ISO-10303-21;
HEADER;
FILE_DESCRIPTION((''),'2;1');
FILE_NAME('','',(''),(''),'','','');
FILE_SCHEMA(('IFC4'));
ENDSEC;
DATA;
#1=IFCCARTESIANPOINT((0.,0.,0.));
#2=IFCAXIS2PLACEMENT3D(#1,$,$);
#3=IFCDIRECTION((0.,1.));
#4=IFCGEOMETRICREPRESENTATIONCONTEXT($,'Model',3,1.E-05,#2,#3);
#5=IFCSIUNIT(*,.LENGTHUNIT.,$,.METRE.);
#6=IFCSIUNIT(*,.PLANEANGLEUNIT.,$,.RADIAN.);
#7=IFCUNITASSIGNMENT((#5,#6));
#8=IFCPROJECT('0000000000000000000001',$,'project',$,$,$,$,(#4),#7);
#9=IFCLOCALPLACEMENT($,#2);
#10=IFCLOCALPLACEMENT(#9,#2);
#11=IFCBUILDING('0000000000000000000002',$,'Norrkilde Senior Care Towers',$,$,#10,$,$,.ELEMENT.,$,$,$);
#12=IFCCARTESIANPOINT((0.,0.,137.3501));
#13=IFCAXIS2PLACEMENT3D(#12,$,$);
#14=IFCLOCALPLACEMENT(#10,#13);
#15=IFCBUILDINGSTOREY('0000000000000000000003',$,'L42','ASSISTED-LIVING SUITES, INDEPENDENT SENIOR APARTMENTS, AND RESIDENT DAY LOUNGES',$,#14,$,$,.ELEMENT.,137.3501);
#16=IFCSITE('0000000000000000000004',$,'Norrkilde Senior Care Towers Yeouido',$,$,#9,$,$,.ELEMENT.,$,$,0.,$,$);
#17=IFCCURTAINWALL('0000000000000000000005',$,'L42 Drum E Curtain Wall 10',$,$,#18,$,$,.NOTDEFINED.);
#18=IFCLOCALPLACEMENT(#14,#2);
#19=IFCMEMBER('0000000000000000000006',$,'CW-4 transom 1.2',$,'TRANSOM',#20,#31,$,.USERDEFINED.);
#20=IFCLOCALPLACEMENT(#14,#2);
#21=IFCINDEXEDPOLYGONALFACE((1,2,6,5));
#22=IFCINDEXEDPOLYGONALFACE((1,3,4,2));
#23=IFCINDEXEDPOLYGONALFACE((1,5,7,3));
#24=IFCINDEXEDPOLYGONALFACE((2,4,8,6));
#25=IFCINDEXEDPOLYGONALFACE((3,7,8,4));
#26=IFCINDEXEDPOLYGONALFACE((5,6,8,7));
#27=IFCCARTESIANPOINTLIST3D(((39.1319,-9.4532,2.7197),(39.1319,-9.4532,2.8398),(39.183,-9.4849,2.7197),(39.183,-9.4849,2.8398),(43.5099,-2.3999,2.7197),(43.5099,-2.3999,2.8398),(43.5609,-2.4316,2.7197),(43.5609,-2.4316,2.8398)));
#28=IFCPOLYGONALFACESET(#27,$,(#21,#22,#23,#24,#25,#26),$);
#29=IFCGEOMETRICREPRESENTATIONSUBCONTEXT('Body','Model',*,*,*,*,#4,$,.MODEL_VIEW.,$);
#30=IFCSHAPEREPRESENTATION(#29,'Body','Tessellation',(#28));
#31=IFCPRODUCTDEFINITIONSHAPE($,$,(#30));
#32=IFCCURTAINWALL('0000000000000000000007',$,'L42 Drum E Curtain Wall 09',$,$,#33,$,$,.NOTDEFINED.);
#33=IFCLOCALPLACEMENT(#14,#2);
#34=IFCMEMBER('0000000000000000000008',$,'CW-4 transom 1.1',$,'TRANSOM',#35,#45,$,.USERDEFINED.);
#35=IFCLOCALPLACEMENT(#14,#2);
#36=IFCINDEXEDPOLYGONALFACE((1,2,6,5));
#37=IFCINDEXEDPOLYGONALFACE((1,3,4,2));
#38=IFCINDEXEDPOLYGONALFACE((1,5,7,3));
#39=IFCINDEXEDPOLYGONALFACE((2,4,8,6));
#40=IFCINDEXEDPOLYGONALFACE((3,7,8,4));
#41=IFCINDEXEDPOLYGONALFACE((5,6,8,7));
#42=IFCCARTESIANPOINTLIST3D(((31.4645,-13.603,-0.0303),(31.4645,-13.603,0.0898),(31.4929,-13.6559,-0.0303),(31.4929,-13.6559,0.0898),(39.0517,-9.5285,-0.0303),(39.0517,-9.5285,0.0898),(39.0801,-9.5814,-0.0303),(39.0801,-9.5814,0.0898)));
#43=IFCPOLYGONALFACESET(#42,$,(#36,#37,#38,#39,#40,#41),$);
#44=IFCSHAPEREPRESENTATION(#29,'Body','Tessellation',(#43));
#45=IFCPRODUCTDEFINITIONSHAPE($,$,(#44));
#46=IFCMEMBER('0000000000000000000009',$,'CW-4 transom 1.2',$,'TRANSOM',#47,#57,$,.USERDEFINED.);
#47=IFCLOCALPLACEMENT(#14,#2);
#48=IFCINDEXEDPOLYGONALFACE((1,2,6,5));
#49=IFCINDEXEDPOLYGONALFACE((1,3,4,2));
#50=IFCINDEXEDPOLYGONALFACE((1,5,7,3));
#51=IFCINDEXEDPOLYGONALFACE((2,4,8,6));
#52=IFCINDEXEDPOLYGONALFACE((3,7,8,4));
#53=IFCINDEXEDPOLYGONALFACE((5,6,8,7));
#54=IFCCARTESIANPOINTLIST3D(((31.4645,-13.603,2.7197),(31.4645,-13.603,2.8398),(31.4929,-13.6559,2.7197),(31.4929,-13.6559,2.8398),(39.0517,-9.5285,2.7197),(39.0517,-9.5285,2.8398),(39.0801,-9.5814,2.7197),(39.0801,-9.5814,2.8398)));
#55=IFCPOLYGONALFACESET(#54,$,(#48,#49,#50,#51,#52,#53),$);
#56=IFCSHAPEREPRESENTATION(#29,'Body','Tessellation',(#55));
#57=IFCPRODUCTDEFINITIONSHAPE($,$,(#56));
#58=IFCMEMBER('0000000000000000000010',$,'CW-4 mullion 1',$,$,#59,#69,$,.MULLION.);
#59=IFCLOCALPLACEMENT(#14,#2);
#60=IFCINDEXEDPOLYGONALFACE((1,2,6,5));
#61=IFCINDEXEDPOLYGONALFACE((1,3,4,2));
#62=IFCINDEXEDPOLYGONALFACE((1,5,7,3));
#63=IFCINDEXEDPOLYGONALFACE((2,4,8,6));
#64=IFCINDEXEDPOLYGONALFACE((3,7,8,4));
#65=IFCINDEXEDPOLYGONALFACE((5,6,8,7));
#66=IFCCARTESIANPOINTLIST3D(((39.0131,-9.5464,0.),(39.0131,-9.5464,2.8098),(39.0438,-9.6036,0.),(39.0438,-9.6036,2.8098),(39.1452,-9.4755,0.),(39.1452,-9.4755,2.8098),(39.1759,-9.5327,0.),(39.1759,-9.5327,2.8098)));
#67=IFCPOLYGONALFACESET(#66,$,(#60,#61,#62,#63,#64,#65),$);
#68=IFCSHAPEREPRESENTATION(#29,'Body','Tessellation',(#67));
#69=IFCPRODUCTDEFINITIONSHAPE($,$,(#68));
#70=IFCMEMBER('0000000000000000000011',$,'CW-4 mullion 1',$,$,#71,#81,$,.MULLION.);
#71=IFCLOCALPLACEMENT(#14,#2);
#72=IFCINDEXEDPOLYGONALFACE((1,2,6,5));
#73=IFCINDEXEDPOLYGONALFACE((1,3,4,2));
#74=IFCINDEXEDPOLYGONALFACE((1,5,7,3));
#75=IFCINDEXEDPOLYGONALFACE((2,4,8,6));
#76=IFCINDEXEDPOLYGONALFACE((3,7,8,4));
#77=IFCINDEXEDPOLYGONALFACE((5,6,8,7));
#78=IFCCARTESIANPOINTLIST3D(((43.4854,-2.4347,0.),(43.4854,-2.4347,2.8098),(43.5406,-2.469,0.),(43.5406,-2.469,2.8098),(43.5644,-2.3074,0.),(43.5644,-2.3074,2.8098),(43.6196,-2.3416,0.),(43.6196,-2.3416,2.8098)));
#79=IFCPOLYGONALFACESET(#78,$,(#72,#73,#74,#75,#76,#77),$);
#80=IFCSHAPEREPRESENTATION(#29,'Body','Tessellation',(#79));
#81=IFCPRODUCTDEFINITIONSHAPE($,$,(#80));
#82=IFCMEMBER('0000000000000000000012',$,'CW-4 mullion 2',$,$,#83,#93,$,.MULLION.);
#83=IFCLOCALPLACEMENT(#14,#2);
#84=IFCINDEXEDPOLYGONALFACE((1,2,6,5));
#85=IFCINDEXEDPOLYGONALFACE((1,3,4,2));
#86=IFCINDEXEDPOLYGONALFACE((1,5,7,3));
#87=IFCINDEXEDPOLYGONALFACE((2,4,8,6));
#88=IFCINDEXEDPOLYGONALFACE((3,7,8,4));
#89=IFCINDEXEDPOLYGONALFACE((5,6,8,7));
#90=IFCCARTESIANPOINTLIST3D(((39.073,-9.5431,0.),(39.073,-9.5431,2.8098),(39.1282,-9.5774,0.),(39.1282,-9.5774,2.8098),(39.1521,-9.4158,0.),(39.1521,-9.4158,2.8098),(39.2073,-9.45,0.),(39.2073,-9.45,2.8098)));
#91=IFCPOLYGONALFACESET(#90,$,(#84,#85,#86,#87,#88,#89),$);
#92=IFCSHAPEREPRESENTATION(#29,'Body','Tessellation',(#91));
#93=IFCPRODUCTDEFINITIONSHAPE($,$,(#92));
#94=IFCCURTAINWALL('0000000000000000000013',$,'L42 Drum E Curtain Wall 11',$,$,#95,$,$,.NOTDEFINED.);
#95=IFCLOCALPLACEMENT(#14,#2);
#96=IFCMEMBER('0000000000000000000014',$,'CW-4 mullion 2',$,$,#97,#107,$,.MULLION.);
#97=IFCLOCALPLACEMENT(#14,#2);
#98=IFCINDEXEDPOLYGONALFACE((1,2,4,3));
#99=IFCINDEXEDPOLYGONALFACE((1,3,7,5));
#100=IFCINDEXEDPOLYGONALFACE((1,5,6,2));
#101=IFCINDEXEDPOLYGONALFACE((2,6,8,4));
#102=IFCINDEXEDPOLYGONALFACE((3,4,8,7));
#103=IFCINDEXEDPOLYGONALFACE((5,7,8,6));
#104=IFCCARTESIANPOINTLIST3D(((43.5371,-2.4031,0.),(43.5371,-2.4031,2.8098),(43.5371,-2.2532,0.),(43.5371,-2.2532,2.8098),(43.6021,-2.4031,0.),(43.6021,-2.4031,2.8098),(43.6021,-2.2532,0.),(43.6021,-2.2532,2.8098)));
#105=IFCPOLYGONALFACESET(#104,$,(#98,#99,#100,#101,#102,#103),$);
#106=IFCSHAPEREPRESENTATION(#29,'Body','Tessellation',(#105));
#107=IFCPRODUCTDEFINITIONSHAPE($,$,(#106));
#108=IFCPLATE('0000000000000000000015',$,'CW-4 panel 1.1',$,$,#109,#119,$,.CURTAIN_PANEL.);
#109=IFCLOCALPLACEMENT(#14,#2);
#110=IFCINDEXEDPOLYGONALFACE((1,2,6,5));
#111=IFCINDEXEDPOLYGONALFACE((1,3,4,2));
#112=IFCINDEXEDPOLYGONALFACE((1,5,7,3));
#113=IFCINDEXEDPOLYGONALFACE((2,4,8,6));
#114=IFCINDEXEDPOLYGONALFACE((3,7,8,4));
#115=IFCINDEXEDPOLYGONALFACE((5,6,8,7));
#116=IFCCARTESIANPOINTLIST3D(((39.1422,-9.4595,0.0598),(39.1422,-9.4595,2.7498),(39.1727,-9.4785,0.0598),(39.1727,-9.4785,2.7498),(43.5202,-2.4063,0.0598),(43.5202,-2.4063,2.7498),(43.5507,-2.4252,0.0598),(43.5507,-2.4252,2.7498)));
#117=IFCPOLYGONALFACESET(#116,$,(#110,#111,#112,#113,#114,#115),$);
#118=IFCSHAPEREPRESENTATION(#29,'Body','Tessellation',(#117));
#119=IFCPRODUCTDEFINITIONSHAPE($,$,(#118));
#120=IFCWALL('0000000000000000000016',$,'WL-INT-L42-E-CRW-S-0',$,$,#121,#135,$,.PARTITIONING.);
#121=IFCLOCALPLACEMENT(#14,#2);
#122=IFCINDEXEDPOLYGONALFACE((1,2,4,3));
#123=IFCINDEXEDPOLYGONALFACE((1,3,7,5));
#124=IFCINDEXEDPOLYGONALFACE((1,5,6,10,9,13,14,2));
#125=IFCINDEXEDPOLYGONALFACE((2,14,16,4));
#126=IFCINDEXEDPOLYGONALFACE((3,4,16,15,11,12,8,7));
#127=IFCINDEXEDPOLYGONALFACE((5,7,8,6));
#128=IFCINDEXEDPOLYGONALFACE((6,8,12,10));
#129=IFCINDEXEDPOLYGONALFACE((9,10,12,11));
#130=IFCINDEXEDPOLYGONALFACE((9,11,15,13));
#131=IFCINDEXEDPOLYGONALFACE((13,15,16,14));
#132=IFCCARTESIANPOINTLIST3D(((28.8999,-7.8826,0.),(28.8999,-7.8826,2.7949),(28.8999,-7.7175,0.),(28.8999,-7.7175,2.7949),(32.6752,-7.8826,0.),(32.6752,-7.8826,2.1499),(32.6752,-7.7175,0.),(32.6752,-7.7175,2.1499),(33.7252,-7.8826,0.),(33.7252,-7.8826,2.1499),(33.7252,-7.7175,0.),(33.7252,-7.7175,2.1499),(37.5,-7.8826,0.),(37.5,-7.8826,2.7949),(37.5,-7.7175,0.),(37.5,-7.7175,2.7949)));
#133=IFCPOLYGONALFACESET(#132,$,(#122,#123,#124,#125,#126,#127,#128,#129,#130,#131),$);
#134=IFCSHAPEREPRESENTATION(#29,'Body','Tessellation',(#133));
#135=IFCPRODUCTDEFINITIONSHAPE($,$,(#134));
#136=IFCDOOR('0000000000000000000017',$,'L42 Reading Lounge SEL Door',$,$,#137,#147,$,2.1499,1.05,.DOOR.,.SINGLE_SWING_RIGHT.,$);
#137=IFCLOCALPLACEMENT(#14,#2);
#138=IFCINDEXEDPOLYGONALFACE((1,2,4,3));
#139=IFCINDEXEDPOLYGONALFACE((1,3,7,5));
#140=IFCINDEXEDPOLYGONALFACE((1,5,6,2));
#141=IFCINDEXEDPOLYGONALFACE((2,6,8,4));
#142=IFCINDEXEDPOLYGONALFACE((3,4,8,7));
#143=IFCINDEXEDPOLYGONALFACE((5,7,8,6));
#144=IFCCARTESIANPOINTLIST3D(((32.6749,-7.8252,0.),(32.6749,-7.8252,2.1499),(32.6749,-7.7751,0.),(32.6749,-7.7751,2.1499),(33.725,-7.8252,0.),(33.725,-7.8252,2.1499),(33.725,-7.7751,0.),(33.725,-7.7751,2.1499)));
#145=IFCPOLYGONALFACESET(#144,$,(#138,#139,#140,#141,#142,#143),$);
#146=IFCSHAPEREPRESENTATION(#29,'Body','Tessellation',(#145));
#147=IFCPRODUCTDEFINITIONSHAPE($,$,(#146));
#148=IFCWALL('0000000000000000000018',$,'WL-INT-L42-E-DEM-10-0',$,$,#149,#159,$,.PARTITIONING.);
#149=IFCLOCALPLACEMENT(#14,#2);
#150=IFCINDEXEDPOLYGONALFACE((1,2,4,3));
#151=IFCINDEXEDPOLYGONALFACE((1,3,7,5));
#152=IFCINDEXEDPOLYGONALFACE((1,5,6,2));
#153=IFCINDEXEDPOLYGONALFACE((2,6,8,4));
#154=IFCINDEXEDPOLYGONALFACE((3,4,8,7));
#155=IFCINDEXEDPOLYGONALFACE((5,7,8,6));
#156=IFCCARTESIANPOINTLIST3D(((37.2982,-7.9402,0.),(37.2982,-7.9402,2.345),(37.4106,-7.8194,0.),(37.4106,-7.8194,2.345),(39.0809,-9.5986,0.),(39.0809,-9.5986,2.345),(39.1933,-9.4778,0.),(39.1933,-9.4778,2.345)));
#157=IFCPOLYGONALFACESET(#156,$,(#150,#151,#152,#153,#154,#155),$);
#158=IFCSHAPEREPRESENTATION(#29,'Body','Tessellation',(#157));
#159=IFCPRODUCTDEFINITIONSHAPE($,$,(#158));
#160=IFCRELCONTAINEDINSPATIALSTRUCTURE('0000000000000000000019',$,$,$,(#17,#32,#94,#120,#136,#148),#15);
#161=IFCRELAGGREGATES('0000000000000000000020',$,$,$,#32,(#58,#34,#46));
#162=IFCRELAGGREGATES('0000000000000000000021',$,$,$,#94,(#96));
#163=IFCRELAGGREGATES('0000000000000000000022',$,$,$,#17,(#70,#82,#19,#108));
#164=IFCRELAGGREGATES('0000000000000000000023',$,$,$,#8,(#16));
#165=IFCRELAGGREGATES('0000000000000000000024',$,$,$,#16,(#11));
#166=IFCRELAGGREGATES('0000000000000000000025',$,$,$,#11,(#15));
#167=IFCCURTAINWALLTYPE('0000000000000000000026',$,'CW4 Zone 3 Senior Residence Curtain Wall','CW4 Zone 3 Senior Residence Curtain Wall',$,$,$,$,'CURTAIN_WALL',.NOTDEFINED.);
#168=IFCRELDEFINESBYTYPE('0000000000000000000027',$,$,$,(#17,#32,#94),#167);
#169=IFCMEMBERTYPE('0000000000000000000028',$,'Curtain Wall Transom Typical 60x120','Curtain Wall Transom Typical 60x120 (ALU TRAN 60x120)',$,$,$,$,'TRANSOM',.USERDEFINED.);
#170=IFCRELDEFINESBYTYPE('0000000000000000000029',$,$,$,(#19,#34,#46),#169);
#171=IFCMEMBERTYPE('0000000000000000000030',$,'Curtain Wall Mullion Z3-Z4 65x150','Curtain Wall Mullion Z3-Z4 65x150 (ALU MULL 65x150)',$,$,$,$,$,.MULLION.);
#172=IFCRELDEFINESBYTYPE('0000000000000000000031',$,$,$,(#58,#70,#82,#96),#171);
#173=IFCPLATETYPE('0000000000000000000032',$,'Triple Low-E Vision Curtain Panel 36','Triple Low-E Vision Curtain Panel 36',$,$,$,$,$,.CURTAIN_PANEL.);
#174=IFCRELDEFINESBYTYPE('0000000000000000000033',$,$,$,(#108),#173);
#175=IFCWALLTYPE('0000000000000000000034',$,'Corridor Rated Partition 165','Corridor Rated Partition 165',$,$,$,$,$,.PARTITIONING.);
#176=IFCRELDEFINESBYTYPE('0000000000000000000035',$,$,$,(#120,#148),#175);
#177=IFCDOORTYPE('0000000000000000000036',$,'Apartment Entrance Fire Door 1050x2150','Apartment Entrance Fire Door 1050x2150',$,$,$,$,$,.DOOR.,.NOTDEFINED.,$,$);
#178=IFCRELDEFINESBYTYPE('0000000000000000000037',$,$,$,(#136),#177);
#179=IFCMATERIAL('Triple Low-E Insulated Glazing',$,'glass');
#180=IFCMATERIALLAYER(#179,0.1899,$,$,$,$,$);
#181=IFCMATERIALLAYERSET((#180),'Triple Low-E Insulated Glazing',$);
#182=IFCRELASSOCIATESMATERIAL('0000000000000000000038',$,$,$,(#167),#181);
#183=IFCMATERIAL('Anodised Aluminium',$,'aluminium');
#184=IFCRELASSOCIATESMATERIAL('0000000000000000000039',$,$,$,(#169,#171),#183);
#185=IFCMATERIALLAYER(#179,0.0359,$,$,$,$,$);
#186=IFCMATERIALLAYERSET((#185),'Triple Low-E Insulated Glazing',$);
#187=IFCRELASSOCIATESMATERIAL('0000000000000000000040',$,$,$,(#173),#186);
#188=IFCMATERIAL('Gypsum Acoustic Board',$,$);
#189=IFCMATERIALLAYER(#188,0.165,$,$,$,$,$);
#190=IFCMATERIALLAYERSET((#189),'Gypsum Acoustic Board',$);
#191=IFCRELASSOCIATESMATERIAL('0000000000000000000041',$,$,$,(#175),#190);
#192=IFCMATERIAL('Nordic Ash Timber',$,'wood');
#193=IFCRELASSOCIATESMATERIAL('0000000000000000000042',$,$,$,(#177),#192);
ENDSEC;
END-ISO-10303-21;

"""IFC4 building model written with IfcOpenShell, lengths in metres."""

from ifc_helpers import new_model, si_unit, direction, frame, frame_2d, origin, origin_2d, place, context, subcontext, project, spatial, rectangle, extrude, source, transform, mapped, material, layer, layer_set, material_profile, profile_set, type_object, type_shapes, element, fill, aggregate, save


model = new_model("IFC4")

# Units and contexts
model_context = context("Model", 3, precision=1e-05, world=origin(), true_north=direction((0.0, 1.0)))
body_context = subcontext(model_context, "Body", "Model", "MODEL_VIEW")
ifc_project = project(units=[si_unit("LENGTHUNIT", "METRE"), si_unit("PLANEANGLEUNIT", "RADIAN")], contexts=[model_context])

# Site, building, storey
site_placement = place(None, origin())
site = spatial("IfcSite", under=ifc_project, at=site_placement, Name="Norrkilde Senior Care Towers Yeouido", CompositionType="ELEMENT", RefElevation=0.0)
building_placement = place(site_placement, origin())
building = spatial("IfcBuilding", under=site, at=building_placement, Name="Norrkilde Senior Care Towers", CompositionType="ELEMENT")
storey_placement = place(building_placement, frame((0.0, 0.0, 137.3501)))
storey = spatial("IfcBuildingStorey", under=building, at=storey_placement, Name="L42", Description="ASSISTED-LIVING SUITES, INDEPENDENT SENIOR APARTMENTS, AND RESIDENT DAY LOUNGES", CompositionType="ELEMENT", Elevation=137.3501)

# Curtain walls, members
ifc_material_1 = material(Name="Triple Low-E Insulated Glazing", Category="glass")
ifc_layer_1 = layer(ifc_material_1, 0.1899)
ifc_layer_set_1 = layer_set([ifc_layer_1], Name="Triple Low-E Insulated Glazing")
curtain_wall_type = type_object("IfcCurtainWallType", Name="CW4 Zone 3 Senior Residence Curtain Wall", Description="CW4 Zone 3 Senior Residence Curtain Wall", ElementType="CURTAIN_WALL", PredefinedType="NOTDEFINED", material=ifc_layer_set_1)
curtain_wall_1_placement = place(storey_placement, origin())
curtain_wall_1 = element("IfcCurtainWall", 1, at=curtain_wall_1_placement, inside=storey, type_object=curtain_wall_type, Name="L42 Drum E Curtain Wall 10", PredefinedType="NOTDEFINED")
ifc_material_2 = material(Name="Anodised Aluminium", Category="aluminium")
ifc_material_profile_1 = material_profile(ifc_material_2, rectangle(XDim=0.0601, YDim=0.1201, at=origin_2d()), Name="ALU TRAN 60x120")
ifc_profile_set_1 = profile_set([ifc_material_profile_1], Name="Anodised Aluminium")
member_type_1 = type_object("IfcMemberType", Name="Curtain Wall Transom Typical 60x120", Description="Curtain Wall Transom Typical 60x120 (ALU TRAN 60x120)", ElementType="TRANSOM", PredefinedType="USERDEFINED", material=ifc_profile_set_1)
shared_shape_1 = source(origin(), body_context, "Body", "SweptSolid", [
    extrude(rectangle(XDim=0.0601, YDim=0.1201, at=origin_2d()), origin(), (0.0, 0.0, 1.0), 8.3015),
])
member_1_placement = place(storey_placement, frame((43.5354, -2.4158, 2.7798), z_axis=(-0.527369, -0.849637, 0.0), x_axis=(0.849637, -0.527369, 0.0)))
member_1 = element("IfcMember", 2, at=member_1_placement, type_object=member_type_1, Name="CW-4 transom 1.2", ObjectType="TRANSOM", PredefinedType="USERDEFINED", context=body_context, shape_type="MappedRepresentation", body=[
    mapped(shared_shape_1, transform((0.0, 0.0, 0.0), x_axis=(1.0, 0.0, 0.0), y_axis=(0.0, 1.0, 0.0), z_axis=(0.0, 0.0, 1.0), scale=1.0)),
])
curtain_wall_2_placement = place(storey_placement, origin())
curtain_wall_2 = element("IfcCurtainWall", 3, at=curtain_wall_2_placement, inside=storey, type_object=curtain_wall_type, Name="L42 Drum E Curtain Wall 09", PredefinedType="NOTDEFINED")
shared_shape_2 = source(origin(), body_context, "Body", "SweptSolid", [
    extrude(rectangle(XDim=0.0601, YDim=0.1201, at=origin_2d()), origin(), (0.0, 0.0, 1.0), 8.6121),
])
type_shapes(member_type_1, [shared_shape_1, shared_shape_2])
member_2_placement = place(storey_placement, frame((39.0659, -9.5549, 0.0298), z_axis=(-0.881, -0.473116, 0.0), x_axis=(0.473116, -0.881, 0.0)))
member_2 = element("IfcMember", 4, at=member_2_placement, type_object=member_type_1, Name="CW-4 transom 1.1", ObjectType="TRANSOM", PredefinedType="USERDEFINED", context=body_context, shape_type="MappedRepresentation", body=[
    mapped(shared_shape_2, transform((0.0, 0.0, 0.0), x_axis=(1.0, 0.0, 0.0), y_axis=(0.0, 1.0, 0.0), z_axis=(0.0, 0.0, 1.0), scale=1.0)),
])
member_3_placement = place(storey_placement, frame((39.0659, -9.5549, 2.7798), z_axis=(-0.881, -0.473116, 0.0), x_axis=(0.473116, -0.881, 0.0)))
member_3 = element("IfcMember", 5, at=member_3_placement, type_object=member_type_1, Name="CW-4 transom 1.2", ObjectType="TRANSOM", PredefinedType="USERDEFINED", context=body_context, shape_type="MappedRepresentation", body=[
    mapped(shared_shape_2, transform((0.0, 0.0, 0.0), x_axis=(1.0, 0.0, 0.0), y_axis=(0.0, 1.0, 0.0), z_axis=(0.0, 0.0, 1.0), scale=1.0)),
])
ifc_material_profile_2 = material_profile(ifc_material_2, rectangle(XDim=0.0649, YDim=0.1499, at=origin_2d()), Name="ALU MULL 65x150")
ifc_profile_set_2 = profile_set([ifc_material_profile_2], Name="Anodised Aluminium")
member_type_2 = type_object("IfcMemberType", Name="Curtain Wall Mullion Z3-Z4 65x150", Description="Curtain Wall Mullion Z3-Z4 65x150 (ALU MULL 65x150)", PredefinedType="MULLION", material=ifc_profile_set_2)
shared_shape_3 = source(origin(), body_context, "Body", "SweptSolid", [
    extrude(rectangle(XDim=0.0649, YDim=0.1499, at=origin_2d()), origin(), (0.0, 0.0, 1.0), 2.8098),
])
type_shapes(member_type_2, [shared_shape_3])
member_4_placement = place(storey_placement, frame((39.0945, -9.5396, 0.0), z_axis=(0.0, 0.0, 1.0), x_axis=(0.473117, -0.881, 0.0)))
member_4 = element("IfcMember", 6, at=member_4_placement, type_object=member_type_2, Name="CW-4 mullion 1", PredefinedType="MULLION", context=body_context, shape_type="MappedRepresentation", body=[
    mapped(shared_shape_3, transform((0.0, 0.0, 0.0), x_axis=(1.0, 0.0, 0.0), y_axis=(0.0, 1.0, 0.0), z_axis=(0.0, 0.0, 1.0), scale=1.0)),
])
aggregate(curtain_wall_2, [member_4, member_2, member_3])

# Members
member_5_placement = place(storey_placement, frame((43.5525, -2.3882, 0.0), z_axis=(0.0, 0.0, 1.0), x_axis=(0.849634, -0.527373, 0.0)))
member_5 = element("IfcMember", 7, at=member_5_placement, type_object=member_type_2, Name="CW-4 mullion 1", PredefinedType="MULLION", context=body_context, shape_type="MappedRepresentation", body=[
    mapped(shared_shape_3, transform((0.0, 0.0, 0.0), x_axis=(1.0, 0.0, 0.0), y_axis=(0.0, 1.0, 0.0), z_axis=(0.0, 0.0, 1.0), scale=1.0)),
])
member_6_placement = place(storey_placement, frame((39.1401, -9.4966, 0.0), z_axis=(0.0, 0.0, 1.0), x_axis=(0.849634, -0.527373, 0.0)))
member_6 = element("IfcMember", 8, at=member_6_placement, type_object=member_type_2, Name="CW-4 mullion 2", PredefinedType="MULLION", context=body_context, shape_type="MappedRepresentation", body=[
    mapped(shared_shape_3, transform((0.0, 0.0, 0.0), x_axis=(1.0, 0.0, 0.0), y_axis=(0.0, 1.0, 0.0), z_axis=(0.0, 0.0, 1.0), scale=1.0)),
])

# Curtain wall, member
curtain_wall_3_placement = place(storey_placement, origin())
curtain_wall_3 = element("IfcCurtainWall", 9, at=curtain_wall_3_placement, inside=storey, type_object=curtain_wall_type, Name="L42 Drum E Curtain Wall 11", PredefinedType="NOTDEFINED")
member_7_placement = place(storey_placement, frame((43.5696, -2.3281, 0.0), z_axis=(0.0, 0.0, 1.0), x_axis=(1.0, 0.0, 0.0)))
member_7 = element("IfcMember", 10, at=member_7_placement, type_object=member_type_2, Name="CW-4 mullion 2", PredefinedType="MULLION", context=body_context, shape_type="MappedRepresentation", body=[
    mapped(shared_shape_3, transform((0.0, 0.0, 0.0), x_axis=(1.0, 0.0, 0.0), y_axis=(0.0, 1.0, 0.0), z_axis=(0.0, 0.0, 1.0), scale=1.0)),
])
aggregate(curtain_wall_3, [member_7])

# Plate
ifc_layer_2 = layer(ifc_material_1, 0.0359)
ifc_layer_set_2 = layer_set([ifc_layer_2], Name="Triple Low-E Insulated Glazing")
plate_type = type_object("IfcPlateType", Name="Triple Low-E Vision Curtain Panel 36", Description="Triple Low-E Vision Curtain Panel 36", PredefinedType="CURTAIN_PANEL", material=ifc_layer_set_2)
shared_shape_4 = source(origin(), body_context, "Body", "SweptSolid", [
    extrude(rectangle(XDim=8.3015, YDim=0.0359, at=origin_2d()), origin(), (0.0, 0.0, 1.0), 2.6899),
])
type_shapes(plate_type, [shared_shape_4])
plate_placement = place(storey_placement, frame((41.3464, -5.9424, 0.0598), z_axis=(0.0, 0.0, 1.0), x_axis=(-0.527373, -0.849634, 0.0)))
plate = element("IfcPlate", 11, at=plate_placement, type_object=plate_type, Name="CW-4 panel 1.1", PredefinedType="CURTAIN_PANEL", context=body_context, shape_type="MappedRepresentation", body=[
    mapped(shared_shape_4, transform((0.0, 0.0, 0.0), x_axis=(1.0, 0.0, 0.0), y_axis=(0.0, 1.0, 0.0), z_axis=(0.0, 0.0, 1.0), scale=1.0)),
])
aggregate(curtain_wall_1, [member_5, member_6, member_1, plate])

# Wall, opening, door
ifc_material_3 = material(Name="Gypsum Acoustic Board")
ifc_layer_3 = layer(ifc_material_3, 0.165)
ifc_layer_set_3 = layer_set([ifc_layer_3], Name="Gypsum Acoustic Board")
wall_type_1 = type_object("IfcWallType", Name="Corridor Rated Partition 165", Description="Corridor Rated Partition 165", PredefinedType="PARTITIONING", material=ifc_layer_set_3)
shared_shape_5 = source(origin(), body_context, "Body", "SweptSolid", [
    extrude(rectangle(XDim=8.6001, YDim=0.165, at=frame_2d((4.3, 0.0))), origin(), (0.0, 0.0, 1.0), 2.7949),
])
wall_1_placement = place(storey_placement, frame((37.5, -7.8, 0.0), z_axis=(0.0, 0.0, 1.0), x_axis=(-1.0, 0.0, 0.0)))
wall_1 = element("IfcWall", 12, at=wall_1_placement, inside=storey, type_object=wall_type_1, Name="WL-INT-L42-E-CRW-S-0", PredefinedType="PARTITIONING", context=body_context, shape_type="MappedRepresentation", body=[
    mapped(shared_shape_5, transform((0.0, 0.0, 0.0), x_axis=(1.0, 0.0, 0.0), y_axis=(0.0, 1.0, 0.0), z_axis=(0.0, 0.0, 1.0), scale=1.0)),
])
opening_1_placement = place(wall_1_placement, frame((3.7749, 0.0, 0.0)))
opening_1 = element("IfcOpeningElement", 13, at=opening_1_placement, cuts=wall_1, PredefinedType="OPENING", context=body_context, shape_type="SweptSolid", body=[
    extrude(rectangle(XDim=1.05, YDim=2.1499, at=frame_2d((0.5249, 1.075))), frame((0.0, 0.0925, 0.0), z_axis=(0.0, -1.0, 0.0), x_axis=(1.0, 0.0, 0.0)), (0.0, 0.0, 1.0), 0.1851),
])
ifc_material_4 = material(Name="Nordic Ash Timber", Category="wood")
door_type_1 = type_object("IfcDoorType", Name="Apartment Entrance Fire Door 1050x2150", Description="Apartment Entrance Fire Door 1050x2150", OperationType="NOTDEFINED", PredefinedType="DOOR", material=ifc_material_4)
shared_shape_6 = source(origin(), body_context, "Body", "SweptSolid", [
    extrude(rectangle(XDim=1.05, YDim=2.1499, at=frame_2d((0.5249, 1.075))), frame((0.0, 0.0249, 0.0), z_axis=(0.0, -1.0, 0.0), x_axis=(1.0, 0.0, 0.0)), (0.0, 0.0, 1.0), 0.05),
])
type_shapes(door_type_1, [shared_shape_6])
door_1_placement = place(opening_1_placement, frame((1.05, 0.0, 0.0), z_axis=(0.0, 0.0, 1.0), x_axis=(-1.0, 0.0, 0.0)))
door_1 = element("IfcDoor", 14, at=door_1_placement, inside=storey, type_object=door_type_1, Name="L42 Reading Lounge SEL Door", OperationType="SINGLE_SWING_RIGHT", OverallHeight=2.1499, OverallWidth=1.05, PredefinedType="DOOR", context=body_context, shape_type="MappedRepresentation", body=[
    mapped(shared_shape_6, transform((0.0, 0.0, 0.0), x_axis=(1.0, 0.0, 0.0), y_axis=(0.0, 1.0, 0.0), z_axis=(0.0, 0.0, 1.0), scale=1.0)),
])
fill(opening_1, door_1)

# Wall
shared_shape_7 = source(origin(), body_context, "Body", "SweptSolid", [
    extrude(rectangle(XDim=2.4348, YDim=0.165, at=frame_2d((1.2173, 0.0))), origin(), (0.0, 0.0, 1.0), 2.345),
])
type_shapes(wall_type_1, [shared_shape_5, shared_shape_7])
wall_2_placement = place(storey_placement, frame((37.3545, -7.8799, 0.0), z_axis=(0.0, 0.0, 1.0), x_axis=(0.732165, -0.681128, 0.0)))
element("IfcWall", 15, at=wall_2_placement, inside=storey, type_object=wall_type_1, Name="WL-INT-L42-E-DEM-10-0", PredefinedType="PARTITIONING", context=body_context, shape_type="MappedRepresentation", body=[
    mapped(shared_shape_7, transform((0.0, 0.0, 0.0), x_axis=(1.0, 0.0, 0.0), y_axis=(0.0, 1.0, 0.0), z_axis=(0.0, 0.0, 1.0), scale=1.0)),
])

save(model, "model.ifc")
